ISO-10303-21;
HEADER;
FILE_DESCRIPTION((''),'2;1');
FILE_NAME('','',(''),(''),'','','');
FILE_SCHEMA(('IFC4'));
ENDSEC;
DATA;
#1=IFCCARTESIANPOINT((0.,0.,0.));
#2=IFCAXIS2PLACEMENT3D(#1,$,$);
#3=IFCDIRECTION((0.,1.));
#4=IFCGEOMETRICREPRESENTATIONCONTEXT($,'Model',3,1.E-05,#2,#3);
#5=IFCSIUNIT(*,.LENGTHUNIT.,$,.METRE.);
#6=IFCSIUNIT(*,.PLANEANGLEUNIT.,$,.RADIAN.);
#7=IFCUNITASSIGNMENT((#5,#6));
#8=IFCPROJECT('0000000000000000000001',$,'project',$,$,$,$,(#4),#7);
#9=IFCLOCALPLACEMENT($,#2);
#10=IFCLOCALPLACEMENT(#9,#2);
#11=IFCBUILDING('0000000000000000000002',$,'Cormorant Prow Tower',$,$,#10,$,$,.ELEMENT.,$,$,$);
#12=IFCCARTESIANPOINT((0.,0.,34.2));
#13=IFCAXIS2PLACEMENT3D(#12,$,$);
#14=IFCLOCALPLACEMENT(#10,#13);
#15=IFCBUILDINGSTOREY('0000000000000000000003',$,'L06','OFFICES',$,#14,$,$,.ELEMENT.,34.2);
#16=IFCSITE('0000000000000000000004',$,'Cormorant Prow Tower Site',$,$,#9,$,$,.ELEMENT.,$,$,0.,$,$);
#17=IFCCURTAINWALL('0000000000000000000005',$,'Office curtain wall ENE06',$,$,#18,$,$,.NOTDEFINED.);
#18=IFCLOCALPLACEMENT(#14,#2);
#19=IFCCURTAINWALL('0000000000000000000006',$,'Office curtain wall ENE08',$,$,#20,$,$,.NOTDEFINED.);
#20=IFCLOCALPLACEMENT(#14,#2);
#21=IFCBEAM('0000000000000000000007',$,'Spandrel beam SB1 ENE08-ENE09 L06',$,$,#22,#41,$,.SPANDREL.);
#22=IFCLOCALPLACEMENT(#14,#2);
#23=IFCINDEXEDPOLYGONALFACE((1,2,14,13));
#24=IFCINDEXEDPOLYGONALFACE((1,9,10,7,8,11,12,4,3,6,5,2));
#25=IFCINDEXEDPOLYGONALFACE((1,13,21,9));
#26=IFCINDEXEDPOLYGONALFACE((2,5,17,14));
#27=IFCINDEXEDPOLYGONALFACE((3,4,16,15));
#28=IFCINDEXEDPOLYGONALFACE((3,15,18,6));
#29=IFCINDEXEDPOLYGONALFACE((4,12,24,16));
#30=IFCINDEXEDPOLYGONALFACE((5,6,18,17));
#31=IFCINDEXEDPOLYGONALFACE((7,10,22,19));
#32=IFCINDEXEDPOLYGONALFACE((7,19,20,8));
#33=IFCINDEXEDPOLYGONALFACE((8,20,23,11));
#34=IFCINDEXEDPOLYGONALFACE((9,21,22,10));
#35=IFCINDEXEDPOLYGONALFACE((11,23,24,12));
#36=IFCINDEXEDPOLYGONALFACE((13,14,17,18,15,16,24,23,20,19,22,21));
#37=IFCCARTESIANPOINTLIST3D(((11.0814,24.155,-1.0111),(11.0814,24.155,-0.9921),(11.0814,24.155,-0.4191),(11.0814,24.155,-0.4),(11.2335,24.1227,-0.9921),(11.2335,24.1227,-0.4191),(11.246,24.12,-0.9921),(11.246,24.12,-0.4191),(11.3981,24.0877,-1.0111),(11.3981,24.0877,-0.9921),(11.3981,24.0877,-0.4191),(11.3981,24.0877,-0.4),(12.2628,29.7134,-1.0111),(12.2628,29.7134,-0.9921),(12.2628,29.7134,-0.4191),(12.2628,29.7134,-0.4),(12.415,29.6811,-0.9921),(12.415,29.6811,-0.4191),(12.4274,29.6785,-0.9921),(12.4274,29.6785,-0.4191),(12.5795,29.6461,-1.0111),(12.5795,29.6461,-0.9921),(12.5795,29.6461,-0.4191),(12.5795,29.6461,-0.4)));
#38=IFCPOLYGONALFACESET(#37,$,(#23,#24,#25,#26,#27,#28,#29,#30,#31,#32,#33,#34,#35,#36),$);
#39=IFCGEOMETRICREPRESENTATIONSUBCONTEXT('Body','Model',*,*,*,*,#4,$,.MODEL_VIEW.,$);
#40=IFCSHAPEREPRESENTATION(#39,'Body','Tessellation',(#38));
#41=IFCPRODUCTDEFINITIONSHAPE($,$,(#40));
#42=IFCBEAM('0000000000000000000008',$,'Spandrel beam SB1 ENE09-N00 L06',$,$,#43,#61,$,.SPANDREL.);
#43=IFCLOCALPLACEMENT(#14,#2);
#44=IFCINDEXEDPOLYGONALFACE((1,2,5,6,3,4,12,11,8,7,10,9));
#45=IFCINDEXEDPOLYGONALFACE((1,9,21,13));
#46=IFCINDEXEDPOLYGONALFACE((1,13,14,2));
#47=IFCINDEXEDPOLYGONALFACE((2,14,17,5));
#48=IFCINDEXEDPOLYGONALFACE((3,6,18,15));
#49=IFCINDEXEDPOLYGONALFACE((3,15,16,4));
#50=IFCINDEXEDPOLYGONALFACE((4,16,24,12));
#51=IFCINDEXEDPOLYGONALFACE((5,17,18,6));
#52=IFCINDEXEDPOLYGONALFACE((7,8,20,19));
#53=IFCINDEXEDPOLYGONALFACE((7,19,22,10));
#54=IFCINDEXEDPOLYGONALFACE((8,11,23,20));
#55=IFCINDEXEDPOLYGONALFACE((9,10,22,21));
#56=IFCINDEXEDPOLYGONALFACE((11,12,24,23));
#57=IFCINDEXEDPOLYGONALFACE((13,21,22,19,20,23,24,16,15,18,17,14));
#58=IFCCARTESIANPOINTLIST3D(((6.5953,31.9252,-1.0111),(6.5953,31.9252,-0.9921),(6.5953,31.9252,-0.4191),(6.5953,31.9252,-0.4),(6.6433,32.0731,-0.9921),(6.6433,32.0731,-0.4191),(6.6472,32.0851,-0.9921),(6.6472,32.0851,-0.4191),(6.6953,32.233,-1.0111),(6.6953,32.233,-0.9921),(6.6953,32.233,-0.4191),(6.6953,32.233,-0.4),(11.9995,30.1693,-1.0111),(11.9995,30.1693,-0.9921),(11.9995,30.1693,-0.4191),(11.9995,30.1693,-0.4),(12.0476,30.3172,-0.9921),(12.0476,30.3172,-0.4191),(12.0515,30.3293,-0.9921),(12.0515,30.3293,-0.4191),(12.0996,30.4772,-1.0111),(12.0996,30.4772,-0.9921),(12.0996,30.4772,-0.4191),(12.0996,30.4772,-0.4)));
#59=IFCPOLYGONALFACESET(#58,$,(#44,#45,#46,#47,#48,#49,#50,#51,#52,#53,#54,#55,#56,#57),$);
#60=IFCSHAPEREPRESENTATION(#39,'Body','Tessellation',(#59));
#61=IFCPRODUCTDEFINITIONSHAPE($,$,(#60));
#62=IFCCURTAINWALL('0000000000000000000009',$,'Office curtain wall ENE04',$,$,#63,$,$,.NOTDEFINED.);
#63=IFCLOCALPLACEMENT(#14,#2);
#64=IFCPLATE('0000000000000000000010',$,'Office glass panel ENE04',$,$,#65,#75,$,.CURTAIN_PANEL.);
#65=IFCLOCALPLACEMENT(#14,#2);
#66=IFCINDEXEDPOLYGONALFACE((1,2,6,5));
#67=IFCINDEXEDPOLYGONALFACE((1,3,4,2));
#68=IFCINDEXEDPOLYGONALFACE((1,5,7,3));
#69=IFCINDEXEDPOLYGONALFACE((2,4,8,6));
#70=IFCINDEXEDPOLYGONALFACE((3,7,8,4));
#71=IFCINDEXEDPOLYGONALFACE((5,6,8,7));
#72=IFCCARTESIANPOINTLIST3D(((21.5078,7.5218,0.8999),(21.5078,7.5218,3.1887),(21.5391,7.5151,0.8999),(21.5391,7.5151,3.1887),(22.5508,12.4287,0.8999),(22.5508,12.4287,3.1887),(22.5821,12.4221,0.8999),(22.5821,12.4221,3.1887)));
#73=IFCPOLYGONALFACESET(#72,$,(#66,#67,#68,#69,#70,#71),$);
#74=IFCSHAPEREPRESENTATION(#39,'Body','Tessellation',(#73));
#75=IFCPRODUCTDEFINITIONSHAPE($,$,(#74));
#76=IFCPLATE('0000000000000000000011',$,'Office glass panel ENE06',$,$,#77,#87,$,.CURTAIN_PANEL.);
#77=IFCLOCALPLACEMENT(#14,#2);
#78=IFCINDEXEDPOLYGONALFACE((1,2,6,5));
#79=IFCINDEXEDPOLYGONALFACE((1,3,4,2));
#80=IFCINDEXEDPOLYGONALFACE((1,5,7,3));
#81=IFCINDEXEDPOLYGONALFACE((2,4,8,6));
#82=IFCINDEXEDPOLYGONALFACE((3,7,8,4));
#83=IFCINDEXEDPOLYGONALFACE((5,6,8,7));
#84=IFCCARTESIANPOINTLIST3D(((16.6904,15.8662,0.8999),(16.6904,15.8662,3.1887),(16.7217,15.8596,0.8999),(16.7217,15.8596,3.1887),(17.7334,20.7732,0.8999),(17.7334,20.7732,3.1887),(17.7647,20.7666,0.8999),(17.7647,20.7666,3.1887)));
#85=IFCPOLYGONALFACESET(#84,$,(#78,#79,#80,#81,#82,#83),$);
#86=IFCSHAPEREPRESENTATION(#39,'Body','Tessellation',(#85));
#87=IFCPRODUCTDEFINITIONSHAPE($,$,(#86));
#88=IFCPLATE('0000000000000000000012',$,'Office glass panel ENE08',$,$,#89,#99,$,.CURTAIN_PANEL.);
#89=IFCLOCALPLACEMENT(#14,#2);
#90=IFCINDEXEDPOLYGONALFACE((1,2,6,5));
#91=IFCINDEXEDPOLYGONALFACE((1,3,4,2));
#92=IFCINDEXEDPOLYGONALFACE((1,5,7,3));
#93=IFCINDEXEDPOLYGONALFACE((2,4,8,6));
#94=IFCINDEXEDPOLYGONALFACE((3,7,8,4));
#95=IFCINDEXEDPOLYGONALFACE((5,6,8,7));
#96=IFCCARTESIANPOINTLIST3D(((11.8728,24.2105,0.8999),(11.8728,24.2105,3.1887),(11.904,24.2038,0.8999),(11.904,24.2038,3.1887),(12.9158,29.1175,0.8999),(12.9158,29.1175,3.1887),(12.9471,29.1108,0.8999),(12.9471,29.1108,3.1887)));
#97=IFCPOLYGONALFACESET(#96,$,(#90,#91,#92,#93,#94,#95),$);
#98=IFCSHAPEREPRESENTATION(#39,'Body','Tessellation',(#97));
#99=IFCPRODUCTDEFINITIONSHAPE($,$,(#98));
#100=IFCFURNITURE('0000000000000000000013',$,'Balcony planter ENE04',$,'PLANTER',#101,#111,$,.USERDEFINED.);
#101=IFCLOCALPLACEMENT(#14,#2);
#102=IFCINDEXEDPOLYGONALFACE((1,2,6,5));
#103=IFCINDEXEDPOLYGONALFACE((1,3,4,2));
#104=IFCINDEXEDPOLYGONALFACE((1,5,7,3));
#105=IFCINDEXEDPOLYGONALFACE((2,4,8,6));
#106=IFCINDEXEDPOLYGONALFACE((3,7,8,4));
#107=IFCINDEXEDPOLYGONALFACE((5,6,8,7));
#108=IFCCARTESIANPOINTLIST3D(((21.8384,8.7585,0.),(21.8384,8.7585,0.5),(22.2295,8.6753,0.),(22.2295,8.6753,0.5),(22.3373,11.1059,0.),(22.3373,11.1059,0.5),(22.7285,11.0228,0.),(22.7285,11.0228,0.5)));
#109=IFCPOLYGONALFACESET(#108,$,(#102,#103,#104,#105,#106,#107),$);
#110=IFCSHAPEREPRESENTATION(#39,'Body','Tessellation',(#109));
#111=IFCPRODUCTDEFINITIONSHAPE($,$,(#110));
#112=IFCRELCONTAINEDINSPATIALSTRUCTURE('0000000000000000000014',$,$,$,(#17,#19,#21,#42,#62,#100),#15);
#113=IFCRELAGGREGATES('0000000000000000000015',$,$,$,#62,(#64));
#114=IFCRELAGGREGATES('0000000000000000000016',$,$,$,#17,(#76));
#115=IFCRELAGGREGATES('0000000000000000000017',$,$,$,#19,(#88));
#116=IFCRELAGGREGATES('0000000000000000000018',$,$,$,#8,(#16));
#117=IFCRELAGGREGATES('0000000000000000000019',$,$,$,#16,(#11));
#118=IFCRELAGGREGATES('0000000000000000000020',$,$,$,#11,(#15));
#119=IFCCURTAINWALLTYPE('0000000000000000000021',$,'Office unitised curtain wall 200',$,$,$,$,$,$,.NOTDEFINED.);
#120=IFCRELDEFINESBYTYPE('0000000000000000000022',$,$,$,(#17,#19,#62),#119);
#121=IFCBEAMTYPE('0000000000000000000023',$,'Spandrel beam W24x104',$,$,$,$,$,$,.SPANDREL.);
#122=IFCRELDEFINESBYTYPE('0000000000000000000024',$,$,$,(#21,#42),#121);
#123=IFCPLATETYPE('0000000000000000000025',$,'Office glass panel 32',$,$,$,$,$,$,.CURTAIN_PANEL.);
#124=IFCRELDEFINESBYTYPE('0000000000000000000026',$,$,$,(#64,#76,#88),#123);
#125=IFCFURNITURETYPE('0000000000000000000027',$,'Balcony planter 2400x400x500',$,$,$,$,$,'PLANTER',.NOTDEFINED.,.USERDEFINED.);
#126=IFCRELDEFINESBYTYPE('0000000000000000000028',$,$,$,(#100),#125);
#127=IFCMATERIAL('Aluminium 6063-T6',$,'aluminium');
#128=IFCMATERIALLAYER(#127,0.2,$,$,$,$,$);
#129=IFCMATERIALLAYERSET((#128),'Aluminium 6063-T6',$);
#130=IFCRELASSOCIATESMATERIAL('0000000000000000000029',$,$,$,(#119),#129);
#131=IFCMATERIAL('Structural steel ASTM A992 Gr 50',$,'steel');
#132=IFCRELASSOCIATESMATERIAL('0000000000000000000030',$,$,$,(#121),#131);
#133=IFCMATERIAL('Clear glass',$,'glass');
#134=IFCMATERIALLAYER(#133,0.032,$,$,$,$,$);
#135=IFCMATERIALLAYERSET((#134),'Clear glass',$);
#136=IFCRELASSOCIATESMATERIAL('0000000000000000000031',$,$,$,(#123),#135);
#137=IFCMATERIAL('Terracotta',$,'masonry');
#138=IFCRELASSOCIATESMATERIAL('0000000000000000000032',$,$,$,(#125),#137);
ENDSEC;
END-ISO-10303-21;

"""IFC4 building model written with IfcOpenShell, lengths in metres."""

from ifc_helpers import new_model, si_unit, direction, frame, origin, origin_2d, place, context, subcontext, project, spatial, rectangle, i_section, extrude, material, layer, layer_set, material_profile, profile_set, type_object, element, aggregate, save


model = new_model("IFC4")

# Units and contexts
model_context = context("Model", 3, precision=1e-05, world=origin(), true_north=direction((0.0, 1.0)))
body_context = subcontext(model_context, "Body", "Model", "MODEL_VIEW")
ifc_project = project(units=[si_unit("LENGTHUNIT", "METRE"), si_unit("PLANEANGLEUNIT", "RADIAN")], contexts=[model_context])

# Site, building, storey
site_placement = place(None, origin())
site = spatial("IfcSite", under=ifc_project, at=site_placement, Name="Cormorant Prow Tower Site", CompositionType="ELEMENT", RefElevation=0.0)
building_placement = place(site_placement, origin())
building = spatial("IfcBuilding", under=site, at=building_placement, Name="Cormorant Prow Tower", CompositionType="ELEMENT")
storey_placement = place(building_placement, frame((0.0, 0.0, 34.2)))
storey = spatial("IfcBuildingStorey", under=building, at=storey_placement, Name="L06", Description="OFFICES", CompositionType="ELEMENT", Elevation=34.2)

# Curtain walls
ifc_material_1 = material(Name="Aluminium 6063-T6", Category="aluminium")
ifc_layer_1 = layer(ifc_material_1, 0.2)
ifc_layer_set_1 = layer_set([ifc_layer_1], Name="Aluminium 6063-T6")
curtain_wall_type = type_object("IfcCurtainWallType", Name="Office unitised curtain wall 200", PredefinedType="NOTDEFINED", material=ifc_layer_set_1)
curtain_wall_1_placement = place(storey_placement, origin())
curtain_wall_1 = element("IfcCurtainWall", 1, at=curtain_wall_1_placement, inside=storey, type_object=curtain_wall_type, Name="Office curtain wall ENE06", PredefinedType="NOTDEFINED")
curtain_wall_2_placement = place(storey_placement, origin())
curtain_wall_2 = element("IfcCurtainWall", 2, at=curtain_wall_2_placement, inside=storey, type_object=curtain_wall_type, Name="Office curtain wall ENE08", PredefinedType="NOTDEFINED")

# Beams
ifc_material_2 = material(Name="Structural steel ASTM A992 Gr 50", Category="steel")
ifc_material_profile_1 = material_profile(ifc_material_2, i_section(OverallWidth=0.3237, OverallDepth=0.6111, WebThickness=0.0127, FlangeThickness=0.019, at=origin_2d()), Name="W24x104")
ifc_profile_set_1 = profile_set([ifc_material_profile_1], Name="Structural steel ASTM A992 Gr 50")
beam_type = type_object("IfcBeamType", Name="Spandrel beam W24x104", PredefinedType="SPANDREL", material=ifc_profile_set_1)
beam_1_placement = place(storey_placement, frame((11.2397, 24.1213, -0.7056), z_axis=(0.2079, 0.97815, 0.0), x_axis=(-0.97815, 0.2079, 0.0)))
element("IfcBeam", 3, at=beam_1_placement, inside=storey, type_object=beam_type, Name="Spandrel beam SB1 ENE08-ENE09 L06", PredefinedType="SPANDREL", context=body_context, shape_type="SweptSolid", body=[
    extrude(i_section(OverallWidth=0.3237, OverallDepth=0.6111, WebThickness=0.0127, FlangeThickness=0.019, at=origin_2d()), origin(), (0.0, 0.0, 1.0), 5.6826),
])
beam_2_placement = place(storey_placement, frame((12.0496, 30.3232, -0.7056), z_axis=(-0.951062, 0.309001, 0.0), x_axis=(-0.309001, -0.951062, 0.0)))
element("IfcBeam", 4, at=beam_2_placement, inside=storey, type_object=beam_type, Name="Spandrel beam SB1 ENE09-N00 L06", PredefinedType="SPANDREL", context=body_context, shape_type="SweptSolid", body=[
    extrude(i_section(OverallWidth=0.3237, OverallDepth=0.6111, WebThickness=0.0127, FlangeThickness=0.019, at=origin_2d()), origin(), (0.0, 0.0, 1.0), 5.6824),
])

# Curtain wall, plate
curtain_wall_3_placement = place(storey_placement, origin())
curtain_wall_3 = element("IfcCurtainWall", 5, at=curtain_wall_3_placement, inside=storey, type_object=curtain_wall_type, Name="Office curtain wall ENE04", PredefinedType="NOTDEFINED")
ifc_material_3 = material(Name="Clear glass", Category="glass")
ifc_layer_2 = layer(ifc_material_3, 0.032)
ifc_layer_set_2 = layer_set([ifc_layer_2], Name="Clear glass")
plate_type = type_object("IfcPlateType", Name="Office glass panel 32", PredefinedType="CURTAIN_PANEL", material=ifc_layer_set_2)
plate_1_placement = place(storey_placement, frame((22.0449, 9.9719, 0.8999), z_axis=(0.0, 0.0, 1.0), x_axis=(0.207912, 0.978148, 0.0)))
plate_1 = element("IfcPlate", 6, at=plate_1_placement, type_object=plate_type, Name="Office glass panel ENE04", PredefinedType="CURTAIN_PANEL", context=body_context, shape_type="SweptSolid", body=[
    extrude(rectangle(XDim=5.0166, YDim=0.032, at=origin_2d()), origin(), (0.0, 0.0, 1.0), 2.2888),
])
aggregate(curtain_wall_3, [plate_1])

# Plates
plate_2_placement = place(storey_placement, frame((17.2275, 18.3164, 0.8999), z_axis=(0.0, 0.0, 1.0), x_axis=(0.207912, 0.978148, 0.0)))
plate_2 = element("IfcPlate", 7, at=plate_2_placement, type_object=plate_type, Name="Office glass panel ENE06", PredefinedType="CURTAIN_PANEL", context=body_context, shape_type="SweptSolid", body=[
    extrude(rectangle(XDim=5.0166, YDim=0.032, at=origin_2d()), origin(), (0.0, 0.0, 1.0), 2.2888),
])
aggregate(curtain_wall_1, [plate_2])
plate_3_placement = place(storey_placement, frame((12.4099, 26.6606, 0.8999), z_axis=(0.0, 0.0, 1.0), x_axis=(0.207912, 0.978148, 0.0)))
plate_3 = element("IfcPlate", 8, at=plate_3_placement, type_object=plate_type, Name="Office glass panel ENE08", PredefinedType="CURTAIN_PANEL", context=body_context, shape_type="SweptSolid", body=[
    extrude(rectangle(XDim=5.0166, YDim=0.032, at=origin_2d()), origin(), (0.0, 0.0, 1.0), 2.2888),
])
aggregate(curtain_wall_2, [plate_3])

# Furniture
ifc_material_4 = material(Name="Terracotta", Category="masonry")
furniture_type = type_object("IfcFurnitureType", Name="Balcony planter 2400x400x500", ElementType="PLANTER", AssemblyPlace="NOTDEFINED", PredefinedType="USERDEFINED", material=ifc_material_4)
furniture_placement = place(storey_placement, frame((22.2834, 9.8906, 0.0), z_axis=(0.0, 0.0, 1.0), x_axis=(0.207912, 0.978148, 0.0)))
element("IfcFurniture", 9, at=furniture_placement, inside=storey, type_object=furniture_type, Name="Balcony planter ENE04", ObjectType="PLANTER", PredefinedType="USERDEFINED", context=body_context, shape_type="SweptSolid", body=[
    extrude(rectangle(XDim=2.3999, YDim=0.3999, at=origin_2d()), origin(), (0.0, 0.0, 1.0), 0.5),
])

save(model, "model.ifc")
